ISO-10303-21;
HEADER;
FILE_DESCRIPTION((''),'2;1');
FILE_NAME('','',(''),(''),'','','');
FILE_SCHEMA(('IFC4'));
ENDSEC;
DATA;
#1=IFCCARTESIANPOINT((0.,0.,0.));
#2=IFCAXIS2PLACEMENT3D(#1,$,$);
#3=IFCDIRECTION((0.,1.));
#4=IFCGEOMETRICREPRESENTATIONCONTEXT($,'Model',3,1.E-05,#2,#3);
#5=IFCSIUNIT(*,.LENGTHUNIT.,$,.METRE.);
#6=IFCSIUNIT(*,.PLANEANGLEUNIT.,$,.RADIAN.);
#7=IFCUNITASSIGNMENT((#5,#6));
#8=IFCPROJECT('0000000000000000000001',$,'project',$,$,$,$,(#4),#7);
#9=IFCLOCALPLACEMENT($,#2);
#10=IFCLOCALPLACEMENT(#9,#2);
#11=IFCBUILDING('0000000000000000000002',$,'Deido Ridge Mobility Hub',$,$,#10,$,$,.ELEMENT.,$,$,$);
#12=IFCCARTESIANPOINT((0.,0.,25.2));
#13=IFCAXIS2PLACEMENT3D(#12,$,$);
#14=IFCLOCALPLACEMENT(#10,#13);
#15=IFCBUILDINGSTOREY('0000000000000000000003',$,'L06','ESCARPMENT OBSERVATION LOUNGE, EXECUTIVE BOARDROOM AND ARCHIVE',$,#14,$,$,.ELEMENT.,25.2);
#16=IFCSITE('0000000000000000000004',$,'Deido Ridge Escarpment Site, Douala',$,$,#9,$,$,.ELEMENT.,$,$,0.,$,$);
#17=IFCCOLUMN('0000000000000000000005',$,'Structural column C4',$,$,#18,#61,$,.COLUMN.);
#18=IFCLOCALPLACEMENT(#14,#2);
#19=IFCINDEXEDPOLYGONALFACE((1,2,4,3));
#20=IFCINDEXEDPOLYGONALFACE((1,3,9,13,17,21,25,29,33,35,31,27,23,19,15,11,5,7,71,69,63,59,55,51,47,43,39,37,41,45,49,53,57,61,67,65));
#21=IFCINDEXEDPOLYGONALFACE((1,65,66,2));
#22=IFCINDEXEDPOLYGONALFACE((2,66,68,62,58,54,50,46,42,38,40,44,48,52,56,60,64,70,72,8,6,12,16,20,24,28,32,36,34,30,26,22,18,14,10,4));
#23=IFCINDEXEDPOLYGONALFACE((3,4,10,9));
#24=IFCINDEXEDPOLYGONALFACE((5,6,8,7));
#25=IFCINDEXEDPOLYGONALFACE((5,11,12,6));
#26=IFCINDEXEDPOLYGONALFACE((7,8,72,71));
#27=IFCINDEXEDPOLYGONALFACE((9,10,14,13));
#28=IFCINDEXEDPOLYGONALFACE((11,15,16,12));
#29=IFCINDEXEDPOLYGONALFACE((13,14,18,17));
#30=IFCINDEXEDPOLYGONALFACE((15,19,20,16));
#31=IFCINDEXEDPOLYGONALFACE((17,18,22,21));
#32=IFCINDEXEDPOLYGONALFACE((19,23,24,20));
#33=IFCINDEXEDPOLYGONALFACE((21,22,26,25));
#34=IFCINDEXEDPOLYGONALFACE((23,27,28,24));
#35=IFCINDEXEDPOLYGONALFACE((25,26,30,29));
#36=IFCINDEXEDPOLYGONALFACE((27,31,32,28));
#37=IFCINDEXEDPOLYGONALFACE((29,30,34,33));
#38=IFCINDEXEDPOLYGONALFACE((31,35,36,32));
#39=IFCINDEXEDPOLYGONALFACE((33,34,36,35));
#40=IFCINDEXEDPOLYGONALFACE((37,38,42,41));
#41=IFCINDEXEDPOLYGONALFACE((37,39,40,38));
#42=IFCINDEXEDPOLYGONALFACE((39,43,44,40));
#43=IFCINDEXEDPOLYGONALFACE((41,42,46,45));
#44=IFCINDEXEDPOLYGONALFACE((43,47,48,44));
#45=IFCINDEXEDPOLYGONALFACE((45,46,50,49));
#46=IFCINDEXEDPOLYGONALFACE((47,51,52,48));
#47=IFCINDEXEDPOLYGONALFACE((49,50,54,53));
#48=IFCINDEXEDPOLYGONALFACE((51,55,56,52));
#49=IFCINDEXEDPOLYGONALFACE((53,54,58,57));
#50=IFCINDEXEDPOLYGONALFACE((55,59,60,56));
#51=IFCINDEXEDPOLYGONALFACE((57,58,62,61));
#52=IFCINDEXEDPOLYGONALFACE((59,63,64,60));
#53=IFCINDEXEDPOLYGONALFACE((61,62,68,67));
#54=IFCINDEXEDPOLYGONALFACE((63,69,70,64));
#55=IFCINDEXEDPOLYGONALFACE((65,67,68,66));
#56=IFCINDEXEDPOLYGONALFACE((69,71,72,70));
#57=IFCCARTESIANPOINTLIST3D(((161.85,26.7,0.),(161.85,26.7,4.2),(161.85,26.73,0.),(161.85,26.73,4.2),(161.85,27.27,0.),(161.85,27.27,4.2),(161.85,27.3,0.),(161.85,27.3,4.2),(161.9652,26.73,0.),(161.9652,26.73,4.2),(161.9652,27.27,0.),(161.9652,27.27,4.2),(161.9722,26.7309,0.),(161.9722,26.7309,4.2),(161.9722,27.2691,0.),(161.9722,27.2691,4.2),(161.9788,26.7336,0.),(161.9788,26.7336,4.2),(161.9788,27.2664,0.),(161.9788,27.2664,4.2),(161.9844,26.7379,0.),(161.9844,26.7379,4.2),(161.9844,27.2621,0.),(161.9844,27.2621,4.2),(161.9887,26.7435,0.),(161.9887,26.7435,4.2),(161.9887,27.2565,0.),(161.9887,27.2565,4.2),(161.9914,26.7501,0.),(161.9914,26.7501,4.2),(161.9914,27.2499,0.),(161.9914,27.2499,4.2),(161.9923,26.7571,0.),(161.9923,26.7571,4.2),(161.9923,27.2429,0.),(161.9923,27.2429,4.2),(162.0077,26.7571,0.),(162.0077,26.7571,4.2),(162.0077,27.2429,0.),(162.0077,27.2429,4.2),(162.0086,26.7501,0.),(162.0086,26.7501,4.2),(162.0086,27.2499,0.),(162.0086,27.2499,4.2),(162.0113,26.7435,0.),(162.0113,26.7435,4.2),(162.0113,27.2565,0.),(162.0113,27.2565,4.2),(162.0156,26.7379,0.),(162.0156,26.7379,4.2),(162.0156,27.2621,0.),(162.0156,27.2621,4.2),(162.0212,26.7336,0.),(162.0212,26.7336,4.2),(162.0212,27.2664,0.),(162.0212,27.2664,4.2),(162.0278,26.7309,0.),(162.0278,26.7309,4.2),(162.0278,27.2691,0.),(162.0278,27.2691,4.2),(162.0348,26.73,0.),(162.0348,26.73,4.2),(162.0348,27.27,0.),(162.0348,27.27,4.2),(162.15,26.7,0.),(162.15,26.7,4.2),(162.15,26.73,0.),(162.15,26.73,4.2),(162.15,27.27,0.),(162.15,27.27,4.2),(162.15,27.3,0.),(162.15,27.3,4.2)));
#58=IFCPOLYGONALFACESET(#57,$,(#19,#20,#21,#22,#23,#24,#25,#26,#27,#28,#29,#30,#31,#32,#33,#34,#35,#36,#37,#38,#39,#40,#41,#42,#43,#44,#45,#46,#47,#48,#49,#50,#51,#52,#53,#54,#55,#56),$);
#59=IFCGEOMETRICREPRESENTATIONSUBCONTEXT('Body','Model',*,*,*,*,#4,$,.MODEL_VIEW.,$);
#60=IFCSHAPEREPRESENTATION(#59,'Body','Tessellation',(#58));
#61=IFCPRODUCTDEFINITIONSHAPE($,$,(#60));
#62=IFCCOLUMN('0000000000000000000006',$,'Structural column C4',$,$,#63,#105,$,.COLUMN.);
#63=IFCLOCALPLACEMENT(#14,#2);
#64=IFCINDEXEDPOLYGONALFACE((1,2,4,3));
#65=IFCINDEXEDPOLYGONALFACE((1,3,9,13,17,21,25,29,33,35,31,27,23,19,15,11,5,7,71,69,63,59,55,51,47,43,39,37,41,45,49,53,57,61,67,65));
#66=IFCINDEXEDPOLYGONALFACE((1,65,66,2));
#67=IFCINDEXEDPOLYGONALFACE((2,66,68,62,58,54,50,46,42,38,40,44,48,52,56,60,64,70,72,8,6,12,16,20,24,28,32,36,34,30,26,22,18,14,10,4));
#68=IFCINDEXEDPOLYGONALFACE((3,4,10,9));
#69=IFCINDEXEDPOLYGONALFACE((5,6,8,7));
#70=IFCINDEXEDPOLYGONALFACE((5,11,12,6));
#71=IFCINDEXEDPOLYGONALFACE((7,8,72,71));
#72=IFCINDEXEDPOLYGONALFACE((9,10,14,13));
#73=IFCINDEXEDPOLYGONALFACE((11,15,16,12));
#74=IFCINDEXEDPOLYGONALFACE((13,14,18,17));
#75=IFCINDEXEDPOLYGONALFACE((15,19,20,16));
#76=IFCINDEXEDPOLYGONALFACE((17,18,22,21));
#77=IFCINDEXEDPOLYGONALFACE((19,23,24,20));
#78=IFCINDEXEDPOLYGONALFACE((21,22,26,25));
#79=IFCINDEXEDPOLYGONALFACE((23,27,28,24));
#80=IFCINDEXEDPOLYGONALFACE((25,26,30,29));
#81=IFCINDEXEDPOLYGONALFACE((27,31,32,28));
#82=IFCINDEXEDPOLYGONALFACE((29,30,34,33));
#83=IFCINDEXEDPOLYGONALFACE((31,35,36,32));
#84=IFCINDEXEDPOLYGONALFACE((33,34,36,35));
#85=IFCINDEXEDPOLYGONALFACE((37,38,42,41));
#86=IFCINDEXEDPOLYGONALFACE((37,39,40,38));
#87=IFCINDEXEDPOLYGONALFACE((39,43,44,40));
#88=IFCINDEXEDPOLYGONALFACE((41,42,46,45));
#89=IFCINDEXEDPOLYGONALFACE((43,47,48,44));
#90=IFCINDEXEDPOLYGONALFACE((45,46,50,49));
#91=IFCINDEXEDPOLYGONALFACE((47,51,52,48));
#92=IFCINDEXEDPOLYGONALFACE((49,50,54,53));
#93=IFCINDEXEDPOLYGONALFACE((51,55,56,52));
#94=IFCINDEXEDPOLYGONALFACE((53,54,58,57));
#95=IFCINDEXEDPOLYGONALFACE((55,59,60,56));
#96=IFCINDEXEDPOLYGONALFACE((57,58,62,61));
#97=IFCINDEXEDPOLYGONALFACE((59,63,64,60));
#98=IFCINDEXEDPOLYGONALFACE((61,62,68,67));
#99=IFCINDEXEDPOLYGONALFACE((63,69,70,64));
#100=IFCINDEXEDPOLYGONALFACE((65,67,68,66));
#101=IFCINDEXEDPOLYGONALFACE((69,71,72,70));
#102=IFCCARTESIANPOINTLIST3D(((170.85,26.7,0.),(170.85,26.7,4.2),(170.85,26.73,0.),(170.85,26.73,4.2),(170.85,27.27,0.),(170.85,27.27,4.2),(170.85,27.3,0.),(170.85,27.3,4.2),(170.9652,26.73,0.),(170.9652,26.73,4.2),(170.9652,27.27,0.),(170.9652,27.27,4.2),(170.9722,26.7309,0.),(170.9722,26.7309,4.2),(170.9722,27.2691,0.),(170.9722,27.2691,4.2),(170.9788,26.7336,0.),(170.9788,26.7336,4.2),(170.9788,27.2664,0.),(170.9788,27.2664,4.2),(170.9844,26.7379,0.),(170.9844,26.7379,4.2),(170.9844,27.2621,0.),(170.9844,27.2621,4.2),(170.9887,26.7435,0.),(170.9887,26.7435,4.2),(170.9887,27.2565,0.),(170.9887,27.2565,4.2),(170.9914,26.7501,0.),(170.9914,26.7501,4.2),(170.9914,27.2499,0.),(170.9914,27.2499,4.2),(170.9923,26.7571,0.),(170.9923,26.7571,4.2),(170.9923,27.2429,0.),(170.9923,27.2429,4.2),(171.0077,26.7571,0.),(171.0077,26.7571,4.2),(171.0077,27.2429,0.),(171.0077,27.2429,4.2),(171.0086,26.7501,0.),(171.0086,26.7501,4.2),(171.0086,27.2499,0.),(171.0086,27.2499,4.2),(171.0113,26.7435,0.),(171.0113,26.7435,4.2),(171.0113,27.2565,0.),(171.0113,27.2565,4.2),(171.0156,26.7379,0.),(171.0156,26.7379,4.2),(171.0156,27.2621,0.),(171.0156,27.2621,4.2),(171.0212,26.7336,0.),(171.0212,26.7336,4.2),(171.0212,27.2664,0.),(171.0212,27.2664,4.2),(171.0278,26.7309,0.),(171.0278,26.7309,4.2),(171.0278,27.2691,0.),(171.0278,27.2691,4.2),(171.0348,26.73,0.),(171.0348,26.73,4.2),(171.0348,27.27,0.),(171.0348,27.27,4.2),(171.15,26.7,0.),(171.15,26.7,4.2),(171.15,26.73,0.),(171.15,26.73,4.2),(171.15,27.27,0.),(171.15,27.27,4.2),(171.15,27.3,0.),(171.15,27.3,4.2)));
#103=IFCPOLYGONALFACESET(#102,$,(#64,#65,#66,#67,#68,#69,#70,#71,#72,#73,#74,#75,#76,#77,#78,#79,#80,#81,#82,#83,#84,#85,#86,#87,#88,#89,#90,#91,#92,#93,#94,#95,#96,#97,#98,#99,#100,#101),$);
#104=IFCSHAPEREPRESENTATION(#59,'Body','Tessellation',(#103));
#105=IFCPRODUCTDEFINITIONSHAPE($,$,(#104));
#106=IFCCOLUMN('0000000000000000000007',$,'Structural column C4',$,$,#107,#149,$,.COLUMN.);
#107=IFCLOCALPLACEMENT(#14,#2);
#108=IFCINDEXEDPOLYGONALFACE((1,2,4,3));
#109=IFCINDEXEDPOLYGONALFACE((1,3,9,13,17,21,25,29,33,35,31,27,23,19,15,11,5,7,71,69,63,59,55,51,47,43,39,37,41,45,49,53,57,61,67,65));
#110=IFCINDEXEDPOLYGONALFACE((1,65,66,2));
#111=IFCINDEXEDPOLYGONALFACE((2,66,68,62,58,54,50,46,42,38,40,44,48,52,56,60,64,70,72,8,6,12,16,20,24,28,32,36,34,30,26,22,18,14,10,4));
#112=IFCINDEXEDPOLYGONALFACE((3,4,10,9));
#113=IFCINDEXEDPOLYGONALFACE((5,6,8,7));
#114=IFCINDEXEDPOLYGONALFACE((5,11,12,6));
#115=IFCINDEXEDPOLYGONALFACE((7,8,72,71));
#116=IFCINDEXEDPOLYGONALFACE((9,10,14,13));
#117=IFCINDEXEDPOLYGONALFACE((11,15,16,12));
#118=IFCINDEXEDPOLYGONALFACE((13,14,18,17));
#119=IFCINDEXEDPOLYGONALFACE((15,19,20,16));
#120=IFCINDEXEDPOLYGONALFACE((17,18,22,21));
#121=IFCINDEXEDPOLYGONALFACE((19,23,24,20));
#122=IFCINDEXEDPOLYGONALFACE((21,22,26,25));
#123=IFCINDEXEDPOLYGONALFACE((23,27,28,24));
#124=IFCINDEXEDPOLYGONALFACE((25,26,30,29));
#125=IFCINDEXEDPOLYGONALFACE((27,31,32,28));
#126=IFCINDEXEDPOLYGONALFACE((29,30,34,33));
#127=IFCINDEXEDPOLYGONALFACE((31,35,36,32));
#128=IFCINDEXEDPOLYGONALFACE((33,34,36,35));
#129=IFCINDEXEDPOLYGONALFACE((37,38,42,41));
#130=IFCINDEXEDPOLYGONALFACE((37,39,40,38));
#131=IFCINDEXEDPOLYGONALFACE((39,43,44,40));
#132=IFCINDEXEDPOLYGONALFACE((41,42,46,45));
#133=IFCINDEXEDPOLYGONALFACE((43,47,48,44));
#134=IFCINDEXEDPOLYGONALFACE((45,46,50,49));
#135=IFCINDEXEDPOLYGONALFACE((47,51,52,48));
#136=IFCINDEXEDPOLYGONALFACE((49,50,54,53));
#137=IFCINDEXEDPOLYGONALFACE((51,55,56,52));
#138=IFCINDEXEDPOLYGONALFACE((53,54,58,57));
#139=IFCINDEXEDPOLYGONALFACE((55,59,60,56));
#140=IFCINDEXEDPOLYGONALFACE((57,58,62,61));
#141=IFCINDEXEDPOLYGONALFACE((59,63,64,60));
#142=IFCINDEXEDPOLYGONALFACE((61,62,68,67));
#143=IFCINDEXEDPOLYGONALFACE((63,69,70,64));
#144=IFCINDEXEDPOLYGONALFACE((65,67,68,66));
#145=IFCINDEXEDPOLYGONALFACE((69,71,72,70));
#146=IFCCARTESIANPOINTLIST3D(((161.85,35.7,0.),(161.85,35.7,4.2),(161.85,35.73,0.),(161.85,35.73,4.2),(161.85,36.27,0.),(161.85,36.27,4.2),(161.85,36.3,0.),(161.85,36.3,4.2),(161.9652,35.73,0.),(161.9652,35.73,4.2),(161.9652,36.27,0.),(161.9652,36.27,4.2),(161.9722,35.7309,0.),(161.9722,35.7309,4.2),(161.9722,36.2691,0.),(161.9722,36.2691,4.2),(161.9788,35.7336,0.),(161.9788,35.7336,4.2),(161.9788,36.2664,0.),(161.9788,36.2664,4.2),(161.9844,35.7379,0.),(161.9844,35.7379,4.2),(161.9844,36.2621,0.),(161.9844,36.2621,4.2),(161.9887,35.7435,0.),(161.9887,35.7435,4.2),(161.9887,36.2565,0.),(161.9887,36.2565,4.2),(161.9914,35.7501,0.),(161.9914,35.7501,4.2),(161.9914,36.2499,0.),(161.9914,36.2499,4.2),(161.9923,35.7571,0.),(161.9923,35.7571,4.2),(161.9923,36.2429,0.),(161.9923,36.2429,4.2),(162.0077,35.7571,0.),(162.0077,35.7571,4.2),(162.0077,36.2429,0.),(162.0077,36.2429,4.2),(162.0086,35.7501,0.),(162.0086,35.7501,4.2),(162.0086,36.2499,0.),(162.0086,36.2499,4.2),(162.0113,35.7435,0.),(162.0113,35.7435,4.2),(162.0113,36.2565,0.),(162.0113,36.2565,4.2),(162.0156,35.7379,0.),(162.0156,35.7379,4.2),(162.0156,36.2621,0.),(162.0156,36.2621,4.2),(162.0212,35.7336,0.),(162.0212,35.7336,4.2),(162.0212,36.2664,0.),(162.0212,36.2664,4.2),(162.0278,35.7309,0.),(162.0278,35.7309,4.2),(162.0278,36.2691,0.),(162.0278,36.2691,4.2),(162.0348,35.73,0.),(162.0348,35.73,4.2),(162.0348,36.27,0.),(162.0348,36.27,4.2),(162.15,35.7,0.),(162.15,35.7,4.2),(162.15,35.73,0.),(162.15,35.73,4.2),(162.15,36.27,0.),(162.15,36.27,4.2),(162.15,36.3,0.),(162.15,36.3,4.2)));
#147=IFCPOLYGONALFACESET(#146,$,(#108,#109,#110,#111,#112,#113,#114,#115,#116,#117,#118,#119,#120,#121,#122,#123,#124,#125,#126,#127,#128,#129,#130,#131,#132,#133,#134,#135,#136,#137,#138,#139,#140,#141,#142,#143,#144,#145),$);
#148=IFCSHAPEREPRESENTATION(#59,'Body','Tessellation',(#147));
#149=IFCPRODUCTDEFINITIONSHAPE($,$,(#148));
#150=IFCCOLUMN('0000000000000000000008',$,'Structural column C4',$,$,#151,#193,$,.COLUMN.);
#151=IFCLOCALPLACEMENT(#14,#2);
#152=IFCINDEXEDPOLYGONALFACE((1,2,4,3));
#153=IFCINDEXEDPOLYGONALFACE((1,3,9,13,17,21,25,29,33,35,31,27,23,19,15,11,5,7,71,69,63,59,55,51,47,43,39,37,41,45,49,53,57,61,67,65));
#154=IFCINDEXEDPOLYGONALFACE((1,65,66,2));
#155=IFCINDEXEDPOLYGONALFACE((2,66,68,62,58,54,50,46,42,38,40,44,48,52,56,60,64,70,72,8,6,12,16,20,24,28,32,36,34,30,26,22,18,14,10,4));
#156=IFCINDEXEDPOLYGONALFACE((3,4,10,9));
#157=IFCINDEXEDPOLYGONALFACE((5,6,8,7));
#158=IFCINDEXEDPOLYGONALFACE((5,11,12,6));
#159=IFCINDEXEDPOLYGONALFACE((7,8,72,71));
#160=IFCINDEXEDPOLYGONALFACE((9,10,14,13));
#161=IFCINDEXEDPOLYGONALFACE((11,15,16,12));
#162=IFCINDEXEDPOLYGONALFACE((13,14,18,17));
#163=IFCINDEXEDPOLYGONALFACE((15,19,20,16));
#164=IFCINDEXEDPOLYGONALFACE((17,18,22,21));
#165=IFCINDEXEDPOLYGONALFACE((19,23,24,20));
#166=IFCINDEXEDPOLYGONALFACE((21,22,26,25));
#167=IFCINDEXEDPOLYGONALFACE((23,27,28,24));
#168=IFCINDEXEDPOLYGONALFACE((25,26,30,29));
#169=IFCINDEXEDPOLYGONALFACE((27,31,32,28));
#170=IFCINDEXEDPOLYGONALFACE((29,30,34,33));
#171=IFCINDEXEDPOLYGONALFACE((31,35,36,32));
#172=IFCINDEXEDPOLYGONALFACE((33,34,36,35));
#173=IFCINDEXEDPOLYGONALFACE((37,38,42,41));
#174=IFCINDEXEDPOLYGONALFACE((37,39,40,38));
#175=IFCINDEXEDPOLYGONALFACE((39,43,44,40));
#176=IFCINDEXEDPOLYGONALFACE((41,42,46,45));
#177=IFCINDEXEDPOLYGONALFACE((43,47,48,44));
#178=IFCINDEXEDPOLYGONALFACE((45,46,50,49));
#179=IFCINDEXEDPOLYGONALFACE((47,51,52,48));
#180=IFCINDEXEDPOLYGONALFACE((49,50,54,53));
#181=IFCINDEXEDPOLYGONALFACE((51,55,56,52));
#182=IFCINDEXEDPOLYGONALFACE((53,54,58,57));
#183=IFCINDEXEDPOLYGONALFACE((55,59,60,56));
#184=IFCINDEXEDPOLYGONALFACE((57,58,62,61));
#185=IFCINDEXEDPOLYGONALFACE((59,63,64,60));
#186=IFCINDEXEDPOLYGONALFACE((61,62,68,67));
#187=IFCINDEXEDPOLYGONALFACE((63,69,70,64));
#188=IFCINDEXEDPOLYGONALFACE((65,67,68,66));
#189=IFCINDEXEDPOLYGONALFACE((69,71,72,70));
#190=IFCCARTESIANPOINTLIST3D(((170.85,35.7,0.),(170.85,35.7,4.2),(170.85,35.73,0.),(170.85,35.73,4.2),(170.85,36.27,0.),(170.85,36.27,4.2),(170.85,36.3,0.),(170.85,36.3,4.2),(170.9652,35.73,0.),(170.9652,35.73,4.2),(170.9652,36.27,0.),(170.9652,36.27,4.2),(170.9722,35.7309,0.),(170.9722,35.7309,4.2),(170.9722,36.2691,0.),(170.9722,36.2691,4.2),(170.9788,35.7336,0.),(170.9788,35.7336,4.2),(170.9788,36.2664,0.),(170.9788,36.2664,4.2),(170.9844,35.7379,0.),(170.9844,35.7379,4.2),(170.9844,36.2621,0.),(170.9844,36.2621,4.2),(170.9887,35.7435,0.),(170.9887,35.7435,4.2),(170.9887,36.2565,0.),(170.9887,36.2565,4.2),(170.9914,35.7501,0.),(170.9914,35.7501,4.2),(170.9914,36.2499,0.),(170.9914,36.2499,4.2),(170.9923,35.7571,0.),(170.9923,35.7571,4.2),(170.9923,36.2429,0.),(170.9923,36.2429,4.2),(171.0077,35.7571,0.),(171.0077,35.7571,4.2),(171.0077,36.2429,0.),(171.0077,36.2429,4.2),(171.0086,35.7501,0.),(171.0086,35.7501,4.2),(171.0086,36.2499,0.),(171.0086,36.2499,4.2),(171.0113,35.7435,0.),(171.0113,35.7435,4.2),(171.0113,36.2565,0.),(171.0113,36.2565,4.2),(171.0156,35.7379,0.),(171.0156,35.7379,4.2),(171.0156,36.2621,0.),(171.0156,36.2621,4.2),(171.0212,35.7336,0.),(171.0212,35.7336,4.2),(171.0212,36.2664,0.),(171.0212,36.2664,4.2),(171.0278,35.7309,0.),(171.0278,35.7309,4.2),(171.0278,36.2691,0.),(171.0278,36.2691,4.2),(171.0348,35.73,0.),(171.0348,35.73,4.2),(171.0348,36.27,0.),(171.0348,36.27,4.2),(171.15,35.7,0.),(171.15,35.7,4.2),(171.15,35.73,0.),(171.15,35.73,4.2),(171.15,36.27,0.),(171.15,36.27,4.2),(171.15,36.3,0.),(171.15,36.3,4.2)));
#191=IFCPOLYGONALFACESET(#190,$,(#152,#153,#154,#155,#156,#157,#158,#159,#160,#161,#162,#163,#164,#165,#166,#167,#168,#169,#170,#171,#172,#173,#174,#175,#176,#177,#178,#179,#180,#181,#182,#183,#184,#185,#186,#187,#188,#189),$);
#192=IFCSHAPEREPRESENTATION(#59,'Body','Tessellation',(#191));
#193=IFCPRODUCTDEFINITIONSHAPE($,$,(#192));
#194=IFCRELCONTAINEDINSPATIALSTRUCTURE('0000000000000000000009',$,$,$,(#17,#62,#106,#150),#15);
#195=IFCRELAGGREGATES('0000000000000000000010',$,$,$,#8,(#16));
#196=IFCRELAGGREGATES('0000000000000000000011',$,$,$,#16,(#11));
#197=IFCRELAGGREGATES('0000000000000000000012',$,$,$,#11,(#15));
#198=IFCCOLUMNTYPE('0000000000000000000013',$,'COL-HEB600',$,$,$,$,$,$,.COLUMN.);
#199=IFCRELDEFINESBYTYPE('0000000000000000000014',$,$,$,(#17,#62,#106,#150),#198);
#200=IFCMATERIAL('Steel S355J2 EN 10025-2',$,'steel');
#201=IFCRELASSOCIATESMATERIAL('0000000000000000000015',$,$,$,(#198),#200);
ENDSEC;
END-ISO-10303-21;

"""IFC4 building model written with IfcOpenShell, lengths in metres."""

from ifc_helpers import new_model, si_unit, direction, frame, origin, origin_2d, place, context, subcontext, project, spatial, i_section, extrude, material, material_profile, profile_set, type_object, element, save


model = new_model("IFC4")

# Units and contexts
model_context = context("Model", 3, precision=1e-05, world=origin(), true_north=direction((0.0, 1.0)))
body_context = subcontext(model_context, "Body", "Model", "MODEL_VIEW")
ifc_project = project(units=[si_unit("LENGTHUNIT", "METRE"), si_unit("PLANEANGLEUNIT", "RADIAN")], contexts=[model_context])

# Site, building, storey
site_placement = place(None, origin())
site = spatial("IfcSite", under=ifc_project, at=site_placement, Name="Deido Ridge Escarpment Site, Douala", CompositionType="ELEMENT", RefElevation=0.0)
building_placement = place(site_placement, origin())
building = spatial("IfcBuilding", under=site, at=building_placement, Name="Deido Ridge Mobility Hub", CompositionType="ELEMENT")
storey_placement = place(building_placement, frame((0.0, 0.0, 25.2)))
storey = spatial("IfcBuildingStorey", under=building, at=storey_placement, Name="L06", Description="ESCARPMENT OBSERVATION LOUNGE, EXECUTIVE BOARDROOM AND ARCHIVE", CompositionType="ELEMENT", Elevation=25.2)

# Columns
ifc_material_1 = material(Name="Steel S355J2 EN 10025-2", Category="steel")
ifc_material_profile_1 = material_profile(ifc_material_1, i_section(OverallWidth=0.3, OverallDepth=0.6001, WebThickness=0.0154, FlangeThickness=0.03, FilletRadius=0.0271, at=origin_2d()), Name="HEB 600")
ifc_profile_set_1 = profile_set([ifc_material_profile_1], Name="Steel S355J2 EN 10025-2")
column_type = type_object("IfcColumnType", Name="COL-HEB600", PredefinedType="COLUMN", material=ifc_profile_set_1)
for number, where, z_axis, x_axis, name in (
    (1, (162.0, 27.0, 0.0), (0.0, 0.0, 1.0), (1.0, 0.0, 0.0), "Structural column C4"),
    (2, (171.0, 27.0, 0.0), (0.0, 0.0, 1.0), (1.0, 0.0, 0.0), "Structural column C4"),
    (3, (162.0, 36.0, 0.0), (0.0, 0.0, 1.0), (1.0, 0.0, 0.0), "Structural column C4"),
    (4, (171.0, 36.0, 0.0), (0.0, 0.0, 1.0), (1.0, 0.0, 0.0), "Structural column C4"),
):
    element("IfcColumn", number, at=place(storey_placement, frame(where, z_axis=z_axis, x_axis=x_axis)), inside=storey, type_object=column_type, Name=name, PredefinedType="COLUMN", context=body_context, shape_type="SweptSolid", body=[
        extrude(i_section(OverallWidth=0.3, OverallDepth=0.6001, WebThickness=0.0154, FlangeThickness=0.03, FilletRadius=0.0271, at=origin_2d()), origin(), (0.0, 0.0, 1.0), 4.2),
    ])

save(model, "model.ifc")
